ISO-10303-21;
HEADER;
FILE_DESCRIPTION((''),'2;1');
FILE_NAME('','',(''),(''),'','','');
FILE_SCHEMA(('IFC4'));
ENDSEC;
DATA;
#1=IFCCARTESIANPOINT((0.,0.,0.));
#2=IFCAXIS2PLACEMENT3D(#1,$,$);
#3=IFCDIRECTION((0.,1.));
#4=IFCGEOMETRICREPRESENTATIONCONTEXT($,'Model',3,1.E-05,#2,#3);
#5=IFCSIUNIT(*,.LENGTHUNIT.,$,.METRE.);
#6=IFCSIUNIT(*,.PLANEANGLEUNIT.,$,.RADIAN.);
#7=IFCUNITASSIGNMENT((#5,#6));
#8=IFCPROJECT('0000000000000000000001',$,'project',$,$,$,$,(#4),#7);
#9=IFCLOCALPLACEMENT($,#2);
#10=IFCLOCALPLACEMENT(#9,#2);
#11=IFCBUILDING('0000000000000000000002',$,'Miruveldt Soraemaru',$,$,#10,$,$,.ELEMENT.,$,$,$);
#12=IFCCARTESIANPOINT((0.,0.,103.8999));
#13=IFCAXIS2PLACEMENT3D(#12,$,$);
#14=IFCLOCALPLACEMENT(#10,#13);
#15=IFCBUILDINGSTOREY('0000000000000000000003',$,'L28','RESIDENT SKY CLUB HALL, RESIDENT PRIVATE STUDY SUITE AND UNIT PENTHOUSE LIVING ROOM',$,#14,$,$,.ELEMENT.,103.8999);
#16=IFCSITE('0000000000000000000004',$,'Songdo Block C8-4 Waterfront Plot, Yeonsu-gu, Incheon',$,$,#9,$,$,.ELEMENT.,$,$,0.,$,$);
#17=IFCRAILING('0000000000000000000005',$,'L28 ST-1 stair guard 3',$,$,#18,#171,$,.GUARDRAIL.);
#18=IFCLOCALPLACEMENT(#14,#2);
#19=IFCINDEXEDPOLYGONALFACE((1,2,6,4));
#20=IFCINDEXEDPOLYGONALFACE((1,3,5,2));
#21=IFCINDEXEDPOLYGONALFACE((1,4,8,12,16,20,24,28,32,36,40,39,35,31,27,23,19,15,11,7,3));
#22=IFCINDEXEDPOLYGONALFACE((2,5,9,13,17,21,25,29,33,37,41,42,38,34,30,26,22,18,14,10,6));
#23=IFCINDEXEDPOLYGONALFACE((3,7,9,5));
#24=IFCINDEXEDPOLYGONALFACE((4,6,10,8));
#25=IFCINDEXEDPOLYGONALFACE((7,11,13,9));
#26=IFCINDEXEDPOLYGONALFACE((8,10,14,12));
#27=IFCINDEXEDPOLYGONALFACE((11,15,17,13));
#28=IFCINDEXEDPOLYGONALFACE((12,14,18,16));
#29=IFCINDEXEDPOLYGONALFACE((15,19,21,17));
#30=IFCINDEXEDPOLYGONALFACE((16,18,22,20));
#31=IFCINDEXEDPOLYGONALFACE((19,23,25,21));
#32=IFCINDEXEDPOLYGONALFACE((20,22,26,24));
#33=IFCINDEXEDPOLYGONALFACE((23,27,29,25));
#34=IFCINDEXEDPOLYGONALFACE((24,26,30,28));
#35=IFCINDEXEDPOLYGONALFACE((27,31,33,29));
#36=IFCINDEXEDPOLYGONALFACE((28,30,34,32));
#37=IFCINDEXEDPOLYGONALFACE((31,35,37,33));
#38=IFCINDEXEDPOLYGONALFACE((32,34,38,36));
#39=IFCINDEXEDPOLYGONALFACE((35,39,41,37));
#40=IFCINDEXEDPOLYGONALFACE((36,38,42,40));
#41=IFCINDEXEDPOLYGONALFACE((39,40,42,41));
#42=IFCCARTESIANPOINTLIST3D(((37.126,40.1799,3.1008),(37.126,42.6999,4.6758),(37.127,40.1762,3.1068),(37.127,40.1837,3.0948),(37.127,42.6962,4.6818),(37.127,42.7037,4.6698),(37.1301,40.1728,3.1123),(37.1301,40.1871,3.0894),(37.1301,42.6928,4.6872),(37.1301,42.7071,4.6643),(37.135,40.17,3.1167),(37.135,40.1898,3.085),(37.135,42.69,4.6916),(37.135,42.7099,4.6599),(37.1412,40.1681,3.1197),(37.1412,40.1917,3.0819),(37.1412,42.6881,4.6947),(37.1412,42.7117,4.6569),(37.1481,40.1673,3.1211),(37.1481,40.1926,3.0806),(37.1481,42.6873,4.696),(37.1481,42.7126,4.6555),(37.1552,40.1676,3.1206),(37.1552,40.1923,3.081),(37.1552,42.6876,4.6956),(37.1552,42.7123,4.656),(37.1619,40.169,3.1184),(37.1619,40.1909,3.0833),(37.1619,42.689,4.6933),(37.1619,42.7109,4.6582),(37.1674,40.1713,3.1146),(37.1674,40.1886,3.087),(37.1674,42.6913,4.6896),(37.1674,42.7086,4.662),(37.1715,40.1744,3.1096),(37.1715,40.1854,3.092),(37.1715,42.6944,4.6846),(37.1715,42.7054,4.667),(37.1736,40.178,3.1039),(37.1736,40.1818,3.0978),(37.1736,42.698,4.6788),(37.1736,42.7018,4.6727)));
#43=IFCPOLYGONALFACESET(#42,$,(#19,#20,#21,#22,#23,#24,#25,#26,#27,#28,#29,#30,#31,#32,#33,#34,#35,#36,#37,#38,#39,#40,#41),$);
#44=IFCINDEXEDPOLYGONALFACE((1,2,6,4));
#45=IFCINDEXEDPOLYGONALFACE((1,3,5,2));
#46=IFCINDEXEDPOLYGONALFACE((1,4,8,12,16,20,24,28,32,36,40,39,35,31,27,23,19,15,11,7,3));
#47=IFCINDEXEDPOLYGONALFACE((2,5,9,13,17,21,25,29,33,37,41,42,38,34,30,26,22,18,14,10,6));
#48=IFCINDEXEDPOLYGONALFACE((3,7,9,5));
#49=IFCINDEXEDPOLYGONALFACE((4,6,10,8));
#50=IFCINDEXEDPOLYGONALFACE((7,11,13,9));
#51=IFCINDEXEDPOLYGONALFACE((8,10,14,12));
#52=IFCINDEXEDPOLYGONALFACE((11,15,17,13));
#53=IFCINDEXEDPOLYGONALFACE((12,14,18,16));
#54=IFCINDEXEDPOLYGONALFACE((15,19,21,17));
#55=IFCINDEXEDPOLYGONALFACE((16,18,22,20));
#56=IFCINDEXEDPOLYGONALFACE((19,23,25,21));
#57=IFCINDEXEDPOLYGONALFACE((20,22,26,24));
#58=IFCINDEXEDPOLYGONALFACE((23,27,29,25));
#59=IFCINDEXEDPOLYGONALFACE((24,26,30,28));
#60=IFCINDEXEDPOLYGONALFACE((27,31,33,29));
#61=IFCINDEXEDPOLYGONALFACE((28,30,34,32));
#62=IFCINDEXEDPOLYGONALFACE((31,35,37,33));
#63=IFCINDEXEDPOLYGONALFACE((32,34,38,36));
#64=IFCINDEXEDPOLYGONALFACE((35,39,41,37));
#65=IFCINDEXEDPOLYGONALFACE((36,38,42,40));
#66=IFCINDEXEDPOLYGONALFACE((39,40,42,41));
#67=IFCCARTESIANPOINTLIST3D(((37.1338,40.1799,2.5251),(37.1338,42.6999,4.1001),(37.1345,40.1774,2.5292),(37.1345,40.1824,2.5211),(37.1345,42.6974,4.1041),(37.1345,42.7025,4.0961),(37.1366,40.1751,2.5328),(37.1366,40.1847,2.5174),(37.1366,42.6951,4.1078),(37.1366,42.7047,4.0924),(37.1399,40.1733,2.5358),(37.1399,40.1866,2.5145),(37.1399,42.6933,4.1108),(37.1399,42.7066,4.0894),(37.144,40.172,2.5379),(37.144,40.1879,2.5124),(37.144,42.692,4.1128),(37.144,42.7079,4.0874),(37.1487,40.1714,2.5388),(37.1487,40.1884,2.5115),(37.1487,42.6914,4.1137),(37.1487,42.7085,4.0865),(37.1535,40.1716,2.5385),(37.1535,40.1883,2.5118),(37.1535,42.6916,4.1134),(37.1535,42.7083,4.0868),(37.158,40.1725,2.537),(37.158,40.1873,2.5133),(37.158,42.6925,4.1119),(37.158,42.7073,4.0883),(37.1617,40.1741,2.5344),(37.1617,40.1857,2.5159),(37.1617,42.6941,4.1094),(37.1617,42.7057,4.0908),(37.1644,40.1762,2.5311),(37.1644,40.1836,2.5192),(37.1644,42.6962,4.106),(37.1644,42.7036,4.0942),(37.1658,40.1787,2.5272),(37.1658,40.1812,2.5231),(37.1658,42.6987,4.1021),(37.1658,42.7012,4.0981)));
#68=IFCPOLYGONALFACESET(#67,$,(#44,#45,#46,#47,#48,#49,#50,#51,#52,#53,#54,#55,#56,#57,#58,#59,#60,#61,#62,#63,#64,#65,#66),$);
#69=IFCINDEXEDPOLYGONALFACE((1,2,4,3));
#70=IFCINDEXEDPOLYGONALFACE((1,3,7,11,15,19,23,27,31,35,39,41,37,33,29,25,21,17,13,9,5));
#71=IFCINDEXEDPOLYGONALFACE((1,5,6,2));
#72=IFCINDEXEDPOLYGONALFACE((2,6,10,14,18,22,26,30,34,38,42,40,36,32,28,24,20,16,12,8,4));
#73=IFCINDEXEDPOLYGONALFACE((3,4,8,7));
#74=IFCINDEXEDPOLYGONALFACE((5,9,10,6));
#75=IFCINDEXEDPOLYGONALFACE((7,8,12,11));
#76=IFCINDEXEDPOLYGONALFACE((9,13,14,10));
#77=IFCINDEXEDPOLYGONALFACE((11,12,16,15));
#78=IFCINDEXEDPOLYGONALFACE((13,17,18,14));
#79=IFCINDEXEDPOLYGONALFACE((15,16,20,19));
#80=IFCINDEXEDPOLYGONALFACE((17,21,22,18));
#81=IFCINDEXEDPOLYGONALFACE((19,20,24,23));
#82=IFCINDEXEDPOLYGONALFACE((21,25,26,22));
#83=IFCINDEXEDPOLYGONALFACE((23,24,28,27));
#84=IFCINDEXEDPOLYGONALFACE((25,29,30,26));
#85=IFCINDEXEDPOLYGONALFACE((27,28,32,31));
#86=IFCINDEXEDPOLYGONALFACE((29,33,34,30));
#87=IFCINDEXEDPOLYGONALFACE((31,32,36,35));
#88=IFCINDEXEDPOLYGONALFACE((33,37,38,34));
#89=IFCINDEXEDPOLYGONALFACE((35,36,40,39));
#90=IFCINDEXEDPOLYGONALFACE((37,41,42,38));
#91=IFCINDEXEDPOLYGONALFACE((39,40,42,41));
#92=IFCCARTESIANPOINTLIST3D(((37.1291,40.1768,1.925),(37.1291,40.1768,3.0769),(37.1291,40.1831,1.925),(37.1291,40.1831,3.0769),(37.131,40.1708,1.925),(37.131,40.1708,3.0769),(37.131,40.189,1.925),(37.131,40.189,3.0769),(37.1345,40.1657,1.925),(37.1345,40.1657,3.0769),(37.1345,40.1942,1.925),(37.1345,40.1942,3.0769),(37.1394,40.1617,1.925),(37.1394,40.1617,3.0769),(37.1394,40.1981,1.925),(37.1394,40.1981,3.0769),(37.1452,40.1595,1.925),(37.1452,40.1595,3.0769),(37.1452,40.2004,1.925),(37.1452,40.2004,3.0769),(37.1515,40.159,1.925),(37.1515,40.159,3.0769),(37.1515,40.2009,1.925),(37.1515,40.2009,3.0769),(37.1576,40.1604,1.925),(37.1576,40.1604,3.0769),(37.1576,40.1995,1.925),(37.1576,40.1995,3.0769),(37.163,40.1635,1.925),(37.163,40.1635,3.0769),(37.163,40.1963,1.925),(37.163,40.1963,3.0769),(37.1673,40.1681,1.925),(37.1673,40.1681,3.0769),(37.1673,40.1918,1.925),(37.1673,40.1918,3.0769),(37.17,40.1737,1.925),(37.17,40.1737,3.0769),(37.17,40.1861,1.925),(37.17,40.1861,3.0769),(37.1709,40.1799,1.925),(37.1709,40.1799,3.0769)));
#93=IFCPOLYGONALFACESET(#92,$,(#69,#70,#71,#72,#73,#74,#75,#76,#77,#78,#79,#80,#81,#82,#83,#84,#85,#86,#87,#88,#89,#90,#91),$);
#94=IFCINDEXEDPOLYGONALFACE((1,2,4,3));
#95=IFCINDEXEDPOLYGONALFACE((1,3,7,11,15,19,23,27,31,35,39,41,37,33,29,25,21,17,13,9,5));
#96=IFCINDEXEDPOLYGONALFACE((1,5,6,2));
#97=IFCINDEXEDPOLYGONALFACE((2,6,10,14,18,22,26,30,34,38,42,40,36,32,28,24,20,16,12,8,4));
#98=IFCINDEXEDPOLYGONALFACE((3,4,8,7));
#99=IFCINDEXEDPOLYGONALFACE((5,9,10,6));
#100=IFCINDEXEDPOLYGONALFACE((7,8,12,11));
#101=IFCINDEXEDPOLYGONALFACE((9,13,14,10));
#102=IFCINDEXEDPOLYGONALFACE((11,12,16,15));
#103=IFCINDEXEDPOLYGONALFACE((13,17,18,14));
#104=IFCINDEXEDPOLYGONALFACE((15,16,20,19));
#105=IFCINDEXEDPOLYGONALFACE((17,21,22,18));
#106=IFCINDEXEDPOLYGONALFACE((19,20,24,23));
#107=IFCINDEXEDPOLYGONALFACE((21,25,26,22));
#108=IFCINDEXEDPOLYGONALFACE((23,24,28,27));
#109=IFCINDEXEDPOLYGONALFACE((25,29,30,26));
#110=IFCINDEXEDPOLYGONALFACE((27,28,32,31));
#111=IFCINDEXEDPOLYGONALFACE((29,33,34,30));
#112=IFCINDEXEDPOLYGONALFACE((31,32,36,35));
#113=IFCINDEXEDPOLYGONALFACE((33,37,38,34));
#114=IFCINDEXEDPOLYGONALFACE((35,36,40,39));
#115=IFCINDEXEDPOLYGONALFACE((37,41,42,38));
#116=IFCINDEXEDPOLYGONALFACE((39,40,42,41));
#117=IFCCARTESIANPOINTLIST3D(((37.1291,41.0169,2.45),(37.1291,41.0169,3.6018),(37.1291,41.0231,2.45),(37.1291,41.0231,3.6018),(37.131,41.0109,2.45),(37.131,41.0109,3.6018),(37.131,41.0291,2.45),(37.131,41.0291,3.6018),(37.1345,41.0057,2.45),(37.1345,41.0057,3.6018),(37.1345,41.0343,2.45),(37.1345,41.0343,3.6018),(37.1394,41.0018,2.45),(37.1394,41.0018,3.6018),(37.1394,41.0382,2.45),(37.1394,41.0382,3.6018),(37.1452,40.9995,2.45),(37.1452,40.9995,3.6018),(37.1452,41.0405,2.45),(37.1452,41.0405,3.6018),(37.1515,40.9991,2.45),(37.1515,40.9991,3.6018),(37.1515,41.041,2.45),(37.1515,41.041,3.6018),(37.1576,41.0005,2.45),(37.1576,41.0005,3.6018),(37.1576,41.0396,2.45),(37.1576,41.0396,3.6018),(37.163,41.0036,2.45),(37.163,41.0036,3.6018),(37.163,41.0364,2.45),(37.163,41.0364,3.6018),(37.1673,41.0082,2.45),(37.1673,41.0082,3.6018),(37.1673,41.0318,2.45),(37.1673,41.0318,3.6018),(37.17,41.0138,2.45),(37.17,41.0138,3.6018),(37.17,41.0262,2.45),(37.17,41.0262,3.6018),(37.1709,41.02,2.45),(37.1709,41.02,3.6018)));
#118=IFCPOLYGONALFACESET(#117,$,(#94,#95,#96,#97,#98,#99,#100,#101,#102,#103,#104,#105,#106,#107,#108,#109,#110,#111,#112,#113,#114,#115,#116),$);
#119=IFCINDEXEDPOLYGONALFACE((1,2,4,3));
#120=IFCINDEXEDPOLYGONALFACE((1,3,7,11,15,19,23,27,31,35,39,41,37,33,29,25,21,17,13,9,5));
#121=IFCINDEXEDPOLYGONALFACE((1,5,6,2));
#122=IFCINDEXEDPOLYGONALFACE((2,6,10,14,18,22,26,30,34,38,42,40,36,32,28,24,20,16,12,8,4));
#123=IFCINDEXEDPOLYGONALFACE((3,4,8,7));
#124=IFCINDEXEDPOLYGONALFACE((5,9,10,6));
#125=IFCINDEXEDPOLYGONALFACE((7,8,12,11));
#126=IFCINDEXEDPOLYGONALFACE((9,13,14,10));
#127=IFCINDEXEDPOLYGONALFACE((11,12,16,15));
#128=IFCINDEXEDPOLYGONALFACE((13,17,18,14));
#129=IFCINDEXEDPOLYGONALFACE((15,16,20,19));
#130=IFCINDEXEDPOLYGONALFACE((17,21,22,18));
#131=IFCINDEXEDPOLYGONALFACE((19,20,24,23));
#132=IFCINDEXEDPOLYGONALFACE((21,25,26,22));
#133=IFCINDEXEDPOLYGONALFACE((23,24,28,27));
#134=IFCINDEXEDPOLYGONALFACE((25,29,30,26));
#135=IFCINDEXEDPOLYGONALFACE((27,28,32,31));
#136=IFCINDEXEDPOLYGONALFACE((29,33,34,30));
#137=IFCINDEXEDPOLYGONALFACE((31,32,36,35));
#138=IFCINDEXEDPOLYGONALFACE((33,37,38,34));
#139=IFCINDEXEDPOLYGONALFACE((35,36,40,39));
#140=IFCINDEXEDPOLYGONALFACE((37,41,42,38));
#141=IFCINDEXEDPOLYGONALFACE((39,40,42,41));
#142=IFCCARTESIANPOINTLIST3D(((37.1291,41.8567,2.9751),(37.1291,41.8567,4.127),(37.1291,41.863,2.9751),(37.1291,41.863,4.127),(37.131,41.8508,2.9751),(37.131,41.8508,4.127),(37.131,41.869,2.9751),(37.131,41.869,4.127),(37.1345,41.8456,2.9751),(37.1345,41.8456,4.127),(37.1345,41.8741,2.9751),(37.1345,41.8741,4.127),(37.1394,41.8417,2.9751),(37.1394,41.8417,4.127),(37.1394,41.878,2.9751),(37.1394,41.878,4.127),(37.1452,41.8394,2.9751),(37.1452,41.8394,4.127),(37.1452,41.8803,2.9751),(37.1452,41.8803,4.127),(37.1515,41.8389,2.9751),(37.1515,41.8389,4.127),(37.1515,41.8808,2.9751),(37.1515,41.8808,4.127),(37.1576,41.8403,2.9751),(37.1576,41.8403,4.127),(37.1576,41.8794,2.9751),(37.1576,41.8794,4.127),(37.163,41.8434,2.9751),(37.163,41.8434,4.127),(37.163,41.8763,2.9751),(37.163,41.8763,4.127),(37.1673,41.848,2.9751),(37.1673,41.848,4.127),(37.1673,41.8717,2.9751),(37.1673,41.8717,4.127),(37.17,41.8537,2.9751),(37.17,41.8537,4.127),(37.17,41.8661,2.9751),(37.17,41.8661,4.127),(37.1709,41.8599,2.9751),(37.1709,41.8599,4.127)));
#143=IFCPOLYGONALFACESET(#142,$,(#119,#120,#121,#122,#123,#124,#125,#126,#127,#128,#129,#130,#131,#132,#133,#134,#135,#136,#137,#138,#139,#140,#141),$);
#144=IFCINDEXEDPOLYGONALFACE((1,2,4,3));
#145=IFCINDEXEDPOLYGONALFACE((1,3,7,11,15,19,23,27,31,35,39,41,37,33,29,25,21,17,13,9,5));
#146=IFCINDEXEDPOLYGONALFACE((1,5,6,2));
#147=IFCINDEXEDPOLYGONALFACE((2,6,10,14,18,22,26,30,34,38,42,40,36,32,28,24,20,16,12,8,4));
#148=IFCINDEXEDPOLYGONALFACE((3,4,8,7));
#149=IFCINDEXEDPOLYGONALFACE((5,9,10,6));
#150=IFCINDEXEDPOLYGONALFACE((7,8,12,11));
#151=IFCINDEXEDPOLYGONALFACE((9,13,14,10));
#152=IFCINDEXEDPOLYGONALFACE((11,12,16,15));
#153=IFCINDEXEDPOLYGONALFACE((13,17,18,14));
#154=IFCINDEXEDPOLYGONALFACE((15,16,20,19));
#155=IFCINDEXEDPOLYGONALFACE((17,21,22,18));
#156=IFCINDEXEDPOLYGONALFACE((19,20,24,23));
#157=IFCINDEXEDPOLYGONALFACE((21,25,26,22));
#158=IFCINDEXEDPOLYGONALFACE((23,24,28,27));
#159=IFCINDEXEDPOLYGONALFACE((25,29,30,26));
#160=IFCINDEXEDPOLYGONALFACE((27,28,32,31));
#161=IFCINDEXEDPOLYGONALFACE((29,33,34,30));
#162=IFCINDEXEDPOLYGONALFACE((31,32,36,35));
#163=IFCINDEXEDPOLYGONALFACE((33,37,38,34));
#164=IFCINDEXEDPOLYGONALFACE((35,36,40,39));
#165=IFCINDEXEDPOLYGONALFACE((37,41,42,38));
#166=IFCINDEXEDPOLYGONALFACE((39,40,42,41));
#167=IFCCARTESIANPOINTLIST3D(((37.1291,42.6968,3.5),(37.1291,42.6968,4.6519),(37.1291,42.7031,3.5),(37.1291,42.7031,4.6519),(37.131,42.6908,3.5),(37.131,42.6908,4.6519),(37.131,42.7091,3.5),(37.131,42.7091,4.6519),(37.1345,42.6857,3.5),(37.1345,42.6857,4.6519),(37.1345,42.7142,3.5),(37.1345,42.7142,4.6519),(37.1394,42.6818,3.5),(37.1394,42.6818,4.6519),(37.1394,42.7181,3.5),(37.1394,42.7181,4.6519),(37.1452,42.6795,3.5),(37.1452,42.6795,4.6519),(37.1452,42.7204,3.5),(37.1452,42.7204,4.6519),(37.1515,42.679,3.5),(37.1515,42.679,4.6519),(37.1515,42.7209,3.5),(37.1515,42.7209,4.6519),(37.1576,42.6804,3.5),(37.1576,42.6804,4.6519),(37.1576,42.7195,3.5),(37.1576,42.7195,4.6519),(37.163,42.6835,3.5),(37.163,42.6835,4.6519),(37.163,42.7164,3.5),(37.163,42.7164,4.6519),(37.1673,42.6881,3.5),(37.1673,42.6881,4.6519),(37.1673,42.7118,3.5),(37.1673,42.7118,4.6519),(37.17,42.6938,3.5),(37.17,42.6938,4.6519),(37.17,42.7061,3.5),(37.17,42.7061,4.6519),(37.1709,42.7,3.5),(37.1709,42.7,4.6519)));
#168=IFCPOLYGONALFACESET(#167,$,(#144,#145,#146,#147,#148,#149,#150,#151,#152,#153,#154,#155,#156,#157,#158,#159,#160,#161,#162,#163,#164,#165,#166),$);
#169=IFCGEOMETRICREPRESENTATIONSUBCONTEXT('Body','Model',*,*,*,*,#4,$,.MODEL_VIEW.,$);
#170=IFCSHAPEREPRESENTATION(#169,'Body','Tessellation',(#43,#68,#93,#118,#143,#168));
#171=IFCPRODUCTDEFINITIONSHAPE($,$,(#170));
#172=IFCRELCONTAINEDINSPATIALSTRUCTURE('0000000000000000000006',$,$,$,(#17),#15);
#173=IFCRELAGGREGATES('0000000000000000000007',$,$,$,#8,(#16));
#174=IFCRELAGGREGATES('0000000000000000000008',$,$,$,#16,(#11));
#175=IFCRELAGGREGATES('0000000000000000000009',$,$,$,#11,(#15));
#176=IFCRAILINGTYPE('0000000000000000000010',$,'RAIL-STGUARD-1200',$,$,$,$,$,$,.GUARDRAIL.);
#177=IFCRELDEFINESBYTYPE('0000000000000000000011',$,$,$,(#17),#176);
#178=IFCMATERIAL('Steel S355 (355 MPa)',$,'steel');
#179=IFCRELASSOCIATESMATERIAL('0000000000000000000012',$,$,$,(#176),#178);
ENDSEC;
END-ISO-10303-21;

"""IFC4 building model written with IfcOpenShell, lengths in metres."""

from ifc_helpers import new_model, si_unit, direction, frame, origin, origin_2d, place, context, subcontext, project, spatial, circle, extrude, material, type_object, element, save


model = new_model("IFC4")

# Units and contexts
model_context = context("Model", 3, precision=1e-05, world=origin(), true_north=direction((0.0, 1.0)))
body_context = subcontext(model_context, "Body", "Model", "MODEL_VIEW")
ifc_project = project(units=[si_unit("LENGTHUNIT", "METRE"), si_unit("PLANEANGLEUNIT", "RADIAN")], contexts=[model_context])

# Site, building, storey
site_placement = place(None, origin())
site = spatial("IfcSite", under=ifc_project, at=site_placement, Name="Songdo Block C8-4 Waterfront Plot, Yeonsu-gu, Incheon", CompositionType="ELEMENT", RefElevation=0.0)
building_placement = place(site_placement, origin())
building = spatial("IfcBuilding", under=site, at=building_placement, Name="Miruveldt Soraemaru", CompositionType="ELEMENT")
storey_placement = place(building_placement, frame((0.0, 0.0, 103.8999)))
storey = spatial("IfcBuildingStorey", under=building, at=storey_placement, Name="L28", Description="RESIDENT SKY CLUB HALL, RESIDENT PRIVATE STUDY SUITE AND UNIT PENTHOUSE LIVING ROOM", CompositionType="ELEMENT", Elevation=103.8999)

# Railing
ifc_material_1 = material(Name="Steel S355 (355 MPa)", Category="steel")
railing_type_1 = type_object("IfcRailingType", Name="RAIL-STGUARD-1200", PredefinedType="GUARDRAIL", material=ifc_material_1)
railing_1_placement = place(storey_placement, frame((37.1499, 40.1799, 1.925)))
element("IfcRailing", 1, at=railing_1_placement, inside=storey, type_object=railing_type_1, Name="L28 ST-1 stair guard 3", PredefinedType="GUARDRAIL", context=body_context, shape_type="SweptSolid", body=[
    extrude(circle(Radius=0.0239, at=origin_2d()), frame((0.0, 0.0, 1.1758), z_axis=(0.0, 0.848008, 0.529984), x_axis=(-1.0, 0.0, 0.0)), (0.0, 0.0, 1.0), 2.9717),
    extrude(circle(Radius=0.0161, at=origin_2d()), frame((0.0, 0.0, 0.6001), z_axis=(0.0, 0.848008, 0.529984), x_axis=(-1.0, 0.0, 0.0)), (0.0, 0.0, 1.0), 2.9717),
    extrude(circle(Radius=0.021, at=origin_2d()), origin(), (0.0, 0.0, 1.0), 1.1519),
    extrude(circle(Radius=0.021, at=origin_2d()), frame((0.0, 0.8401, 0.5249)), (0.0, 0.0, 1.0), 1.1519),
    extrude(circle(Radius=0.021, at=origin_2d()), frame((0.0, 1.6799, 1.05)), (0.0, 0.0, 1.0), 1.1519),
    extrude(circle(Radius=0.021, at=origin_2d()), frame((0.0, 2.52, 1.575)), (0.0, 0.0, 1.0), 1.1519),
])

save(model, "model.ifc")
